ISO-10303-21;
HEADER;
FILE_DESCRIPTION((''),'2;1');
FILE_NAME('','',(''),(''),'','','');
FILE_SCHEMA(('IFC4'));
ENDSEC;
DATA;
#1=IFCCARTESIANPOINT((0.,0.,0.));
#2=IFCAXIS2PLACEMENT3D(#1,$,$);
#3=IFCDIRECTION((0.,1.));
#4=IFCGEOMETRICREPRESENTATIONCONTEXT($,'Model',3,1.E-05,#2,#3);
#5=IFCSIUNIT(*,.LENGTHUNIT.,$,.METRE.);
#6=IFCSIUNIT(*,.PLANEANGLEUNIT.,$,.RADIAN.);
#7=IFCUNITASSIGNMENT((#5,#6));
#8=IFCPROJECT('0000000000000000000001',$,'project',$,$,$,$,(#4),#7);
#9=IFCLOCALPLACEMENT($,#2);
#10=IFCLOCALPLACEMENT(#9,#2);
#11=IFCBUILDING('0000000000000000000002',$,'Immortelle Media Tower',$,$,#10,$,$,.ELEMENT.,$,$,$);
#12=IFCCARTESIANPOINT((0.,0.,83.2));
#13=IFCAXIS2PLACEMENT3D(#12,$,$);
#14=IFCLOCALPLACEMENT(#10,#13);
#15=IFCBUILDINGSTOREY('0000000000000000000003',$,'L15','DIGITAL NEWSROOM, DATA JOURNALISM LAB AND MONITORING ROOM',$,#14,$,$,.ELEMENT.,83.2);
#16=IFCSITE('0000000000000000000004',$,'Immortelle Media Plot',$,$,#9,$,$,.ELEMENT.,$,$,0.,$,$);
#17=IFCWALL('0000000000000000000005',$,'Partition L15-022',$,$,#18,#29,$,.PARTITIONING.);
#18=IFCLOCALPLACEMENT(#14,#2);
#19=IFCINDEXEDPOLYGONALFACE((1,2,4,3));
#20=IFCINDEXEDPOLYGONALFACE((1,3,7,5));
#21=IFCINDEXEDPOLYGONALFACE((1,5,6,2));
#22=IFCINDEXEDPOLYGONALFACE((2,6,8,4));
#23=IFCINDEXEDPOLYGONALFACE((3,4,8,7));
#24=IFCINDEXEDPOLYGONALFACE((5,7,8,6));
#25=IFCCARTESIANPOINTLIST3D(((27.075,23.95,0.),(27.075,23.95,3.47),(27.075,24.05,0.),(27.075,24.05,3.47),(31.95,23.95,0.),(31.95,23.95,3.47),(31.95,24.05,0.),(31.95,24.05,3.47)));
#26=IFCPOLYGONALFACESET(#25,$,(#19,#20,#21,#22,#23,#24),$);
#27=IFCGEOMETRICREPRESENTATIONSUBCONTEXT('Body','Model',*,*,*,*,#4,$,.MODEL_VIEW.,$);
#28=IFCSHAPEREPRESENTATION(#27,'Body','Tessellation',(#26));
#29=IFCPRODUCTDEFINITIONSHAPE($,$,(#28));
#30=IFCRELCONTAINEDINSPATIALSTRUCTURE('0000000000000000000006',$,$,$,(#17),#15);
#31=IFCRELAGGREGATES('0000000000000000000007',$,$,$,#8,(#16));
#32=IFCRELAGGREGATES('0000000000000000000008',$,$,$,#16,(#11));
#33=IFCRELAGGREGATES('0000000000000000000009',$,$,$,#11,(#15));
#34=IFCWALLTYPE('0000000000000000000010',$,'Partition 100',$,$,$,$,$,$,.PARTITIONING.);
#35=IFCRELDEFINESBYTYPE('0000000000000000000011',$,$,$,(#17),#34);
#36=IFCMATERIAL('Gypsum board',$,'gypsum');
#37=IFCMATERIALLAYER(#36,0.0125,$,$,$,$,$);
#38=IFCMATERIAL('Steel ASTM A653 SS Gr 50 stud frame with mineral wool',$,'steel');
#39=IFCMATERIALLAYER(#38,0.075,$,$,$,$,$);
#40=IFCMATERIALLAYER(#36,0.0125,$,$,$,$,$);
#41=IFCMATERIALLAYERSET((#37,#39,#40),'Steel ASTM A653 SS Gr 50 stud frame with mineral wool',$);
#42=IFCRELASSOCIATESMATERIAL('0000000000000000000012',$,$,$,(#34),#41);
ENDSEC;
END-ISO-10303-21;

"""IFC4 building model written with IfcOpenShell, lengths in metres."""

from ifc_helpers import new_model, si_unit, direction, frame, frame_2d, origin, place, context, subcontext, project, spatial, rectangle, extrude, material, layer, layer_set, type_object, element, save


model = new_model("IFC4")

# Units and contexts
model_context = context("Model", 3, precision=1e-05, world=origin(), true_north=direction((0.0, 1.0)))
body_context = subcontext(model_context, "Body", "Model", "MODEL_VIEW")
ifc_project = project(units=[si_unit("LENGTHUNIT", "METRE"), si_unit("PLANEANGLEUNIT", "RADIAN")], contexts=[model_context])

# Site, building, storey
site_placement = place(None, origin())
site = spatial("IfcSite", under=ifc_project, at=site_placement, Name="Immortelle Media Plot", CompositionType="ELEMENT", RefElevation=0.0)
building_placement = place(site_placement, origin())
building = spatial("IfcBuilding", under=site, at=building_placement, Name="Immortelle Media Tower", CompositionType="ELEMENT")
storey_placement = place(building_placement, frame((0.0, 0.0, 83.2)))
storey = spatial("IfcBuildingStorey", under=building, at=storey_placement, Name="L15", Description="DIGITAL NEWSROOM, DATA JOURNALISM LAB AND MONITORING ROOM", CompositionType="ELEMENT", Elevation=83.2)

# Shared definitions
ifc_material_1 = material(Name="Steel ASTM A653 SS Gr 50 stud frame with mineral wool", Category="steel")

# Wall
ifc_material_2 = material(Name="Gypsum board", Category="gypsum")
ifc_layer_1 = layer(ifc_material_2, 0.0125)
ifc_layer_2 = layer(ifc_material_1, 0.075)
ifc_layer_3 = layer(ifc_material_2, 0.0125)
ifc_layer_set_1 = layer_set([ifc_layer_1, ifc_layer_2, ifc_layer_3], Name="Steel ASTM A653 SS Gr 50 stud frame with mineral wool")
wall_type_1 = type_object("IfcWallType", Name="Partition 100", PredefinedType="PARTITIONING", material=ifc_layer_set_1)
wall_1_placement = place(storey_placement, frame((27.075, 24.0, 0.0), z_axis=(0.0, 0.0, 1.0), x_axis=(1.0, 0.0, 0.0)))
element("IfcWall", 1, at=wall_1_placement, inside=storey, type_object=wall_type_1, Name="Partition L15-022", PredefinedType="PARTITIONING", context=body_context, shape_type="SweptSolid", body=[
    extrude(rectangle(XDim=4.875, YDim=0.1001, at=frame_2d((2.4375, 0.0))), origin(), (0.0, 0.0, 1.0), 3.47),
])

save(model, "model.ifc")
